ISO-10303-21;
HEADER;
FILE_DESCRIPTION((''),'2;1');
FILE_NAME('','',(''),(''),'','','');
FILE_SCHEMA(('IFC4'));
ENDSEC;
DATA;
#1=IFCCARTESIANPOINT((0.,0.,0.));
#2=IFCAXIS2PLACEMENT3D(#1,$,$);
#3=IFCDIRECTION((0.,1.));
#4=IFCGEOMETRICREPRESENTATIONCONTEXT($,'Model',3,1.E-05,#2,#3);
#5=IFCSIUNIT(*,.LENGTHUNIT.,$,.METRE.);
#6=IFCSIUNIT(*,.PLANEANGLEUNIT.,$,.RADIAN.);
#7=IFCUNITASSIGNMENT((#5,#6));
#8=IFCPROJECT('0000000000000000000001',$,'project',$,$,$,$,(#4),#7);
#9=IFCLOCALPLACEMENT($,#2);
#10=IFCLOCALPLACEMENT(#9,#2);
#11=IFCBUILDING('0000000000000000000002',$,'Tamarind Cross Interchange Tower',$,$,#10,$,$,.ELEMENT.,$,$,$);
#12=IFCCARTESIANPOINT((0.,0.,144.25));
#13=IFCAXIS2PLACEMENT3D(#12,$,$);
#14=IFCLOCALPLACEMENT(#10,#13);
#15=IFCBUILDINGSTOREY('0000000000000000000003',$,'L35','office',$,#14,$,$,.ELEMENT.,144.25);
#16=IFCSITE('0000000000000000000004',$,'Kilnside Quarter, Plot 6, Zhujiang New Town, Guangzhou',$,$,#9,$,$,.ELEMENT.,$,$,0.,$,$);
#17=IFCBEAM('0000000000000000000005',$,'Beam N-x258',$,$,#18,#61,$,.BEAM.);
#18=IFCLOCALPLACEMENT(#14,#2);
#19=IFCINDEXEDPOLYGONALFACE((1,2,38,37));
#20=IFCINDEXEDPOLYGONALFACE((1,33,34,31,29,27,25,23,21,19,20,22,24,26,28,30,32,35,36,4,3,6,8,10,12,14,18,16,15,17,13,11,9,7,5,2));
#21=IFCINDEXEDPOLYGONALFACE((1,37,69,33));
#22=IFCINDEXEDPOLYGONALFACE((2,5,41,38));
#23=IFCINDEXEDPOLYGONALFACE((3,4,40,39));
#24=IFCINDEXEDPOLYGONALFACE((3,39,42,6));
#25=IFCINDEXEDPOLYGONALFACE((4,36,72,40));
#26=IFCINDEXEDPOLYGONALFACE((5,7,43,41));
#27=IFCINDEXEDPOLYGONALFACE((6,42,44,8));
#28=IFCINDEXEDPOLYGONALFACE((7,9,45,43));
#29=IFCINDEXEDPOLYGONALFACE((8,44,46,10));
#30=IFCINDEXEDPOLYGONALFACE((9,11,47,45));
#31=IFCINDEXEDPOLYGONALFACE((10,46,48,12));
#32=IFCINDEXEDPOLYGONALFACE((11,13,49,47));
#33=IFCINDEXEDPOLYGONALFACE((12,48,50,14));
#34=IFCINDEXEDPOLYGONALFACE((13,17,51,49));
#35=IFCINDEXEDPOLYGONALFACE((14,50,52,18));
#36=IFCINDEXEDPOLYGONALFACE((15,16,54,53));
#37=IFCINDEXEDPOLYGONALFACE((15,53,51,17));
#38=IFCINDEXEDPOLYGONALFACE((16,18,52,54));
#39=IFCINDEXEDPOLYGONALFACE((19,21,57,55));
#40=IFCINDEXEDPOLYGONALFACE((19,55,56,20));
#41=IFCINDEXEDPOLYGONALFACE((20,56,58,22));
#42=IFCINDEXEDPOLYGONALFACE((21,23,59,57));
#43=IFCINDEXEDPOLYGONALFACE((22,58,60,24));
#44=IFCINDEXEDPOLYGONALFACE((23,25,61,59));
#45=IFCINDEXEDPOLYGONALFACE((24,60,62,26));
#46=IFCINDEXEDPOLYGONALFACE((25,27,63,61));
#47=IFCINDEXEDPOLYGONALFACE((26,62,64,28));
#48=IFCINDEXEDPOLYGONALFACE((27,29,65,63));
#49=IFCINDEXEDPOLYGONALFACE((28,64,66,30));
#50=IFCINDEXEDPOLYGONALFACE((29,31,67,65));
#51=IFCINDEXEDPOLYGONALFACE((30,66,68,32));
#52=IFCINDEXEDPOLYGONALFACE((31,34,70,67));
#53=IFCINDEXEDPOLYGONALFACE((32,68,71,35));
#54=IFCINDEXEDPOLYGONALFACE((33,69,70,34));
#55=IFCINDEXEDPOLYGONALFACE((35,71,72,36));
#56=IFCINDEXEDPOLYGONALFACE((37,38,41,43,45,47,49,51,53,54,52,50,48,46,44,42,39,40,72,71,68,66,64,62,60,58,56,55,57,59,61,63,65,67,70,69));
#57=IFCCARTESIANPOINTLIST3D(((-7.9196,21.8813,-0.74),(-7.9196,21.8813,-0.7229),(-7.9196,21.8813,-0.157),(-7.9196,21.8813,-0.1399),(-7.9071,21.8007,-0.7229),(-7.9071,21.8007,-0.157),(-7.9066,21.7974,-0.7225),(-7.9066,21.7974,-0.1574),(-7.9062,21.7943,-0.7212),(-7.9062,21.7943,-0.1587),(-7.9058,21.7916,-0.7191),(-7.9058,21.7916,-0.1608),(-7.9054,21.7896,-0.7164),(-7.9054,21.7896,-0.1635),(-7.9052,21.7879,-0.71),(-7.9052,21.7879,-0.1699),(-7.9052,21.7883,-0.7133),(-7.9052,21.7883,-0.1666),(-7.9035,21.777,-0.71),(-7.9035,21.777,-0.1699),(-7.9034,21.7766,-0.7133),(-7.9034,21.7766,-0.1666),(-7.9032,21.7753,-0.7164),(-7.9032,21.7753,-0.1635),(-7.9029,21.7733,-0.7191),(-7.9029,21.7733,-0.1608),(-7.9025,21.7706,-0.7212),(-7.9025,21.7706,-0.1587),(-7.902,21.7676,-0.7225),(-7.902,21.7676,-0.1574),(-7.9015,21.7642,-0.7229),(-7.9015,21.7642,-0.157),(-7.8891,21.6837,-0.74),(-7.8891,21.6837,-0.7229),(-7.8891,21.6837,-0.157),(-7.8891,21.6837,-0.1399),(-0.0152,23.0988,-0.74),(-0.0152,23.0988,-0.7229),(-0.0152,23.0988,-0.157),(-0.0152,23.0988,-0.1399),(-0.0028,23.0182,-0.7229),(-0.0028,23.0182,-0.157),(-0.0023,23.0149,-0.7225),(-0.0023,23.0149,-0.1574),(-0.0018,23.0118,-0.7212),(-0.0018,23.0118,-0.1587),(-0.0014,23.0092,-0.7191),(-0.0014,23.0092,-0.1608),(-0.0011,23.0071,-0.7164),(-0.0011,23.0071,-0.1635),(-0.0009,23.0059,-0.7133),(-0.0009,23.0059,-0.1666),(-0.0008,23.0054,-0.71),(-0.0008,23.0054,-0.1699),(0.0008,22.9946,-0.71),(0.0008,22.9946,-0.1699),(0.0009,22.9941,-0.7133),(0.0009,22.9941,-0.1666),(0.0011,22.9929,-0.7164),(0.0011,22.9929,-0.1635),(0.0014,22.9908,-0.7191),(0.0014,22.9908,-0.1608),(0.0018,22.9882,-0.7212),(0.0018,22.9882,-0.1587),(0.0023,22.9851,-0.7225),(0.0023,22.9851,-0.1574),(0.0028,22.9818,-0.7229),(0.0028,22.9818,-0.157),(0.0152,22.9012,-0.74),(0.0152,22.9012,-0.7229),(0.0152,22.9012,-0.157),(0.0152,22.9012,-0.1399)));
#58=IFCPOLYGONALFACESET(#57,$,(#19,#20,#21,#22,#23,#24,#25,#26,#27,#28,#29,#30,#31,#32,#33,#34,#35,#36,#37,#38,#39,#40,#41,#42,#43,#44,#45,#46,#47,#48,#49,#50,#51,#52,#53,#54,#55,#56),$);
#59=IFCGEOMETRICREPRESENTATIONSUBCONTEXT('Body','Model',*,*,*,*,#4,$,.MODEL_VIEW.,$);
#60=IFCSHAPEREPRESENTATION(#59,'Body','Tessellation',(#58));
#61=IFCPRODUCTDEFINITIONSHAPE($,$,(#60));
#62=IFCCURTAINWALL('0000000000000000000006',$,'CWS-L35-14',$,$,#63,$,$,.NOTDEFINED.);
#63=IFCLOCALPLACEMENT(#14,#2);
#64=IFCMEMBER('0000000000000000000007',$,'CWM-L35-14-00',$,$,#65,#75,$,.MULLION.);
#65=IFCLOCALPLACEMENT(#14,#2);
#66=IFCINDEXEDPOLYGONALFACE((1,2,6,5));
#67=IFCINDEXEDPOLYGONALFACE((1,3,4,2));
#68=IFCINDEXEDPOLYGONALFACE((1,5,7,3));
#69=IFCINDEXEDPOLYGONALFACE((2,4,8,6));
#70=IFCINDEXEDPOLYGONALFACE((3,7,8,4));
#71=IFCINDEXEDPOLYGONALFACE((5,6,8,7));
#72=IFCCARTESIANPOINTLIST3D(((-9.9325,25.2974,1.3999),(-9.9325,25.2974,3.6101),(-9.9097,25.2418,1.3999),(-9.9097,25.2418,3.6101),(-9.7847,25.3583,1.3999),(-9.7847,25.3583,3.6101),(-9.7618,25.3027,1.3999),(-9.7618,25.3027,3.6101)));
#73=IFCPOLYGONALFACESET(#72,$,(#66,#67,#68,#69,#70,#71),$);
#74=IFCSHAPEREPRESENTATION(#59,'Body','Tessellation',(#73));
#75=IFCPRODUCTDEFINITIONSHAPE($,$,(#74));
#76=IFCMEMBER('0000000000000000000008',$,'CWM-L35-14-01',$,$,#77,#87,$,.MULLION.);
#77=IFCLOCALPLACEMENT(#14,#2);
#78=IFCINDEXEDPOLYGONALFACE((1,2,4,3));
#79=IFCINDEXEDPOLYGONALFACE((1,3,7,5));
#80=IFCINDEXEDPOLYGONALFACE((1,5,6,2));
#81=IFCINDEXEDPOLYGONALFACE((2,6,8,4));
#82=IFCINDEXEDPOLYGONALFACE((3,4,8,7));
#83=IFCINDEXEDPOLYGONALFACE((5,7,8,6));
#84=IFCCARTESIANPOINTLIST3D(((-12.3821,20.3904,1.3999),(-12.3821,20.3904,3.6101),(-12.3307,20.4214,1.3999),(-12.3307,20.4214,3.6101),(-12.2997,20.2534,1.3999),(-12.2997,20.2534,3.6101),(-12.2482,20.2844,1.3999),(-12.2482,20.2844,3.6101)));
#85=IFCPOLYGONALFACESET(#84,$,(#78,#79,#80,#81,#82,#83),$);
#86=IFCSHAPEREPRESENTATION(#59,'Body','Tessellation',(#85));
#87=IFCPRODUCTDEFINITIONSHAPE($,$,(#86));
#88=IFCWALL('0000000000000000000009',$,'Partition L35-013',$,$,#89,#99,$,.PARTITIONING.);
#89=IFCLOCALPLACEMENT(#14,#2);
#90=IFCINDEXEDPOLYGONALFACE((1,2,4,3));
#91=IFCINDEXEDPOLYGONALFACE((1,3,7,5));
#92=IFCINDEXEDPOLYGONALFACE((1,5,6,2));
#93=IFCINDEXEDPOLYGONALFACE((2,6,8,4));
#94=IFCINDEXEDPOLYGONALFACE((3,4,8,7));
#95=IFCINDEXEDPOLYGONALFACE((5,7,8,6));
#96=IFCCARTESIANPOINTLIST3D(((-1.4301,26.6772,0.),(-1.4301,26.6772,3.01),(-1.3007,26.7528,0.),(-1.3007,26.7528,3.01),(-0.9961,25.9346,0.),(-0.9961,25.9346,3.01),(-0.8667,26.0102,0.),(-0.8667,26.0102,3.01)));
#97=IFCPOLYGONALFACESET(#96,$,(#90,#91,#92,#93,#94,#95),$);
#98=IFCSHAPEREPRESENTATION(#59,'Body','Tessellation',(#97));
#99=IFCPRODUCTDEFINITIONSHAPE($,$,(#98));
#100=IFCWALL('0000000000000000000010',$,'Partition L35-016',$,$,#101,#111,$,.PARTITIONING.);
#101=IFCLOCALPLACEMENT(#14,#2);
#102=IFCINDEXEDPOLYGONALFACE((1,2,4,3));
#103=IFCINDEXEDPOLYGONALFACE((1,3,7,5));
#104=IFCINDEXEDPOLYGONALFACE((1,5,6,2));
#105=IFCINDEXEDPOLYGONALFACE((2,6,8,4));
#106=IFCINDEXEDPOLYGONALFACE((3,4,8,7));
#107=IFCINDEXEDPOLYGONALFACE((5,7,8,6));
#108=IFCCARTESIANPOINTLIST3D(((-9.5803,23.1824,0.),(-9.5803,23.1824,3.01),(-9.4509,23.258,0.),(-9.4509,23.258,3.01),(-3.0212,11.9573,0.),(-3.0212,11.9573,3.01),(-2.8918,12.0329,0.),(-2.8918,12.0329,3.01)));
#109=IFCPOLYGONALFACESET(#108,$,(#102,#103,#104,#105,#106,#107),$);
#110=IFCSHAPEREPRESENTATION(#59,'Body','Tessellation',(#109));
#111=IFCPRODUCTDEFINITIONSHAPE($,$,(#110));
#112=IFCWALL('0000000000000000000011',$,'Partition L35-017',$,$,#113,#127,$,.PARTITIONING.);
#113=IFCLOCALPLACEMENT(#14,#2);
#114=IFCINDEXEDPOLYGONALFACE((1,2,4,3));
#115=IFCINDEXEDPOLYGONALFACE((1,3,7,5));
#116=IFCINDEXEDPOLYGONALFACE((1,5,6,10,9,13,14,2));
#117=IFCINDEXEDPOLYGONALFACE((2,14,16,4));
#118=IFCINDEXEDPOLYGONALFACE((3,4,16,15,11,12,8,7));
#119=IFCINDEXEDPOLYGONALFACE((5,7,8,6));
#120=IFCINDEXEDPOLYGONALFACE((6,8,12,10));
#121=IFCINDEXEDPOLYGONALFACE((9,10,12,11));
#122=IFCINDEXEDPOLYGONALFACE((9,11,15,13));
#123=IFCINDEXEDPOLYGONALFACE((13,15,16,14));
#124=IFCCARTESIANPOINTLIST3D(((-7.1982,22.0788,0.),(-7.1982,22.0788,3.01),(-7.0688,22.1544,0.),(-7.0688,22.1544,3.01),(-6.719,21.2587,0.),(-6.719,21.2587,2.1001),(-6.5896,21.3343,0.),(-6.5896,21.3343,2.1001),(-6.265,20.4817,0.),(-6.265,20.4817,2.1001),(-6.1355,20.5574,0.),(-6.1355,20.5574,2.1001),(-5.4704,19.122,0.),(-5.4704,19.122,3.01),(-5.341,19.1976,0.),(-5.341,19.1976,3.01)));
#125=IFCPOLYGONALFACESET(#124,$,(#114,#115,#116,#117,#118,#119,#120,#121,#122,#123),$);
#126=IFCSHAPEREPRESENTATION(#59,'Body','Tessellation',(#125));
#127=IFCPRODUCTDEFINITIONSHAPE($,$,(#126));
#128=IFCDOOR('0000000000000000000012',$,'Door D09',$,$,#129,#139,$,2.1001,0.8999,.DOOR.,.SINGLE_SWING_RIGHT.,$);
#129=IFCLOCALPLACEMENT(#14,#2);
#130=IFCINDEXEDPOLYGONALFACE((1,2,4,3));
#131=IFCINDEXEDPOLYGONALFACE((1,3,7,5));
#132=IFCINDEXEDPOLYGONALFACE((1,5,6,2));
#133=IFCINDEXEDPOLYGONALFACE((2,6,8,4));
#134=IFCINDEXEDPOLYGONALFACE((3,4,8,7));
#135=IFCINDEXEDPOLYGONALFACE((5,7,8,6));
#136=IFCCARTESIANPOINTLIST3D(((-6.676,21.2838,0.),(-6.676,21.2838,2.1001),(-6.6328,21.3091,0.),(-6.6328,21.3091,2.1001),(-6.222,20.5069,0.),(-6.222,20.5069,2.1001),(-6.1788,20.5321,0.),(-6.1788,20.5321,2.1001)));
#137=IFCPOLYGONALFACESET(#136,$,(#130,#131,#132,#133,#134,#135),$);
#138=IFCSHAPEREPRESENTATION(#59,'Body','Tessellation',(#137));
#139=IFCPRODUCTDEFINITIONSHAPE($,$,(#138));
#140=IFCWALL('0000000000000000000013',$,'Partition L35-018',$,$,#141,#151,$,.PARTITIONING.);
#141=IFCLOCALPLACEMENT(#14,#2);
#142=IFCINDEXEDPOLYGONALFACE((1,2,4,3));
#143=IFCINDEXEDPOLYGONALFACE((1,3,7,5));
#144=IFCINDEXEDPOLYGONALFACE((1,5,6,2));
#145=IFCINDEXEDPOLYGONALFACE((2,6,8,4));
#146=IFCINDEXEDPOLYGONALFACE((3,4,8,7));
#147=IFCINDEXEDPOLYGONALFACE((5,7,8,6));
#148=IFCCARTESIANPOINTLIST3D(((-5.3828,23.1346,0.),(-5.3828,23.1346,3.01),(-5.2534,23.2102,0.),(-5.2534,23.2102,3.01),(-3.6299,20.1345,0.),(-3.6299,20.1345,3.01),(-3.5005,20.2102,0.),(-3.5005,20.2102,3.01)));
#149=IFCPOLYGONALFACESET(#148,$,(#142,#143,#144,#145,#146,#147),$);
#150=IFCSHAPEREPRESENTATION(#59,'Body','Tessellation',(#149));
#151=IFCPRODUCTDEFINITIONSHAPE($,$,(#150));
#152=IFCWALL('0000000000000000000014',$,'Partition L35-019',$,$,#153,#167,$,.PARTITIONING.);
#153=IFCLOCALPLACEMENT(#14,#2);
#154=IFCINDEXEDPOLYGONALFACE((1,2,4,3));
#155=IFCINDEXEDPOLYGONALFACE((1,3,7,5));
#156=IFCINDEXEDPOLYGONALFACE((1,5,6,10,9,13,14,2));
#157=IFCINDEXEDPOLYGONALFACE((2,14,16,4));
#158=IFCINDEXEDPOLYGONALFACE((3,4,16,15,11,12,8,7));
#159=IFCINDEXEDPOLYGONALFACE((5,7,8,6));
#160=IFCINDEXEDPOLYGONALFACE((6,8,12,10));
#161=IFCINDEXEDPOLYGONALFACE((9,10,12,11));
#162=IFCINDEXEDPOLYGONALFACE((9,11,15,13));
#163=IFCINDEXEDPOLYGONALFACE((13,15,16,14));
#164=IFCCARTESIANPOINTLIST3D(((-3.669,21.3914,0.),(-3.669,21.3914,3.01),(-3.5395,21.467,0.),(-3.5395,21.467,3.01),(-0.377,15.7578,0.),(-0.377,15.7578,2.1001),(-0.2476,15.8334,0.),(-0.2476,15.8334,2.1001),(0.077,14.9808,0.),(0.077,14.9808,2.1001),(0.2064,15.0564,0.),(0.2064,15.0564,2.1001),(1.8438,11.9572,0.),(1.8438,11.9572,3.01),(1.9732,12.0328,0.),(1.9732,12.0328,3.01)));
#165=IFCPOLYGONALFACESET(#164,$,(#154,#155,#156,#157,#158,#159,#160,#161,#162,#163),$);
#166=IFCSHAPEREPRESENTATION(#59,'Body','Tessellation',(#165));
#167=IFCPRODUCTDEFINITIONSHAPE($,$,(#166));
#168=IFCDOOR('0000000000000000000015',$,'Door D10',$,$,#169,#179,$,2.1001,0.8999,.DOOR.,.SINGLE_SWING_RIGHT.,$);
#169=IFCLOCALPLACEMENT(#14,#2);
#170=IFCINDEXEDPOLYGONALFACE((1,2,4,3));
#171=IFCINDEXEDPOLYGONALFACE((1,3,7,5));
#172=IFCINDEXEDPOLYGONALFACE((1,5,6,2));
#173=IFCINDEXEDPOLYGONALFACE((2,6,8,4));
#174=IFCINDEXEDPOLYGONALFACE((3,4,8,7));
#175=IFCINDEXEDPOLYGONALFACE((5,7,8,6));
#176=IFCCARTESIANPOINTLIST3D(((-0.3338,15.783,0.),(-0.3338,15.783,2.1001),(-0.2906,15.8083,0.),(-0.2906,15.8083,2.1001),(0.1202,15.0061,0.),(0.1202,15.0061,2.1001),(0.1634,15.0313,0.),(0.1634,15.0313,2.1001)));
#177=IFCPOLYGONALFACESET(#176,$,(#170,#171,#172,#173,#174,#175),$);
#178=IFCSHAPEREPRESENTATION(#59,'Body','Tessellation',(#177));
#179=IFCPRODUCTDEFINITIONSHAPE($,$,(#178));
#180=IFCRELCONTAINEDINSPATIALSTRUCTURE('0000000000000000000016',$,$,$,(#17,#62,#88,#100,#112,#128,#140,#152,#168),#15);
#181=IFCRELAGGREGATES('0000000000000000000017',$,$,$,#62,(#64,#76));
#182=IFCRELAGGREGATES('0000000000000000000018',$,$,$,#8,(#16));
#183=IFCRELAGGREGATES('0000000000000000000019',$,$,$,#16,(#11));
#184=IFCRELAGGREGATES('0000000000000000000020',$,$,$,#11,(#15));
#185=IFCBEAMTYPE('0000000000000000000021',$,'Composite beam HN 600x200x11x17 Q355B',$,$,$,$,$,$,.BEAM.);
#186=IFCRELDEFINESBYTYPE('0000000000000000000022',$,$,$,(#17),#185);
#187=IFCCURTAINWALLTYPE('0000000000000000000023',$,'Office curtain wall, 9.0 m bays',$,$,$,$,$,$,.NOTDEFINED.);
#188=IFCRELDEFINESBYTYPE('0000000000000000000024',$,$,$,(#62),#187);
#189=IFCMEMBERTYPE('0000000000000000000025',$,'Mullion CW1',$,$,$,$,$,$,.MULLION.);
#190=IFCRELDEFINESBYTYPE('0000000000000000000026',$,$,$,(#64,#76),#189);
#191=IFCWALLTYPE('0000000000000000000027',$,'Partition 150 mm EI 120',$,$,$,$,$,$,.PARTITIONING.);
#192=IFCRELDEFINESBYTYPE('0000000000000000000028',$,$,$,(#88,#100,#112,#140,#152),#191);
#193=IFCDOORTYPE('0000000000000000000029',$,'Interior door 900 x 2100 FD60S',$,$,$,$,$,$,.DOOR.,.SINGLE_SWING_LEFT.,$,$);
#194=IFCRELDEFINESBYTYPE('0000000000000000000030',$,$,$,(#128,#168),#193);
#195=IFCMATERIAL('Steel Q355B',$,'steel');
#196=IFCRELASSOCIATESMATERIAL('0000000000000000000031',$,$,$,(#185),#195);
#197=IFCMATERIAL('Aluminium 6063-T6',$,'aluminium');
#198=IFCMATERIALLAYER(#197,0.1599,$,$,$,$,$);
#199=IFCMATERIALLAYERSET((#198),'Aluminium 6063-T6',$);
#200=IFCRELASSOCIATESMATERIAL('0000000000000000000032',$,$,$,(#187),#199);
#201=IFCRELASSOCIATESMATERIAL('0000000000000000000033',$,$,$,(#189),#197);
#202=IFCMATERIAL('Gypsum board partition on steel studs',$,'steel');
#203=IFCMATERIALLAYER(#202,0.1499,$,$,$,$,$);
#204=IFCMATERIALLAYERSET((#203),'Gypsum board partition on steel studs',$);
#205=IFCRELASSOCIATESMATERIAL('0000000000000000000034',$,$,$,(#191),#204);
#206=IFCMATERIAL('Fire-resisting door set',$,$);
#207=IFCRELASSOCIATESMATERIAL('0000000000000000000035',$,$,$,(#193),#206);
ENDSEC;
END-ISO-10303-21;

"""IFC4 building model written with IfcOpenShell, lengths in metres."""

from ifc_helpers import new_model, si_unit, direction, frame, frame_2d, origin, origin_2d, place, context, subcontext, project, spatial, rectangle, i_section, extrude, material, layer, layer_set, material_profile, profile_set, type_object, element, fill, aggregate, save


model = new_model("IFC4")

# Units and contexts
model_context = context("Model", 3, precision=1e-05, world=origin(), true_north=direction((0.0, 1.0)))
body_context = subcontext(model_context, "Body", "Model", "MODEL_VIEW")
ifc_project = project(units=[si_unit("LENGTHUNIT", "METRE"), si_unit("PLANEANGLEUNIT", "RADIAN")], contexts=[model_context])

# Site, building, storey
site_placement = place(None, origin())
site = spatial("IfcSite", under=ifc_project, at=site_placement, Name="Kilnside Quarter, Plot 6, Zhujiang New Town, Guangzhou", CompositionType="ELEMENT", RefElevation=0.0)
building_placement = place(site_placement, origin())
building = spatial("IfcBuilding", under=site, at=building_placement, Name="Tamarind Cross Interchange Tower", CompositionType="ELEMENT")
storey_placement = place(building_placement, frame((0.0, 0.0, 144.25)))
storey = spatial("IfcBuildingStorey", under=building, at=storey_placement, Name="L35", Description="office", CompositionType="ELEMENT", Elevation=144.25)

# Beam
ifc_material_1 = material(Name="Steel Q355B", Category="steel")
ifc_material_profile_1 = material_profile(ifc_material_1, i_section(OverallWidth=0.2, OverallDepth=0.6001, WebThickness=0.011, FlangeThickness=0.0171, FilletRadius=0.0129, at=origin_2d()), Name="HN 600x200x11x17")
ifc_profile_set_1 = profile_set([ifc_material_profile_1], Name="Steel Q355B")
beam_type_1 = type_object("IfcBeamType", Name="Composite beam HN 600x200x11x17 Q355B", PredefinedType="BEAM", material=ifc_profile_set_1)
beam_1_placement = place(storey_placement, frame((0.0, 23.0, -0.4399), z_axis=(-0.988344, -0.152238, 0.0), x_axis=(0.152238, -0.988344, 0.0)))
element("IfcBeam", 1, at=beam_1_placement, inside=storey, type_object=beam_type_1, Name="Beam N-x258", PredefinedType="BEAM", context=body_context, shape_type="SweptSolid", body=[
    extrude(i_section(OverallWidth=0.2, OverallDepth=0.6001, WebThickness=0.011, FlangeThickness=0.0171, FilletRadius=0.0129, at=origin_2d()), origin(), (0.0, 0.0, 1.0), 7.9976),
])

# Curtain wall, members
ifc_material_2 = material(Name="Aluminium 6063-T6", Category="aluminium")
ifc_layer_1 = layer(ifc_material_2, 0.1599)
ifc_layer_set_1 = layer_set([ifc_layer_1], Name="Aluminium 6063-T6")
curtain_wall_type = type_object("IfcCurtainWallType", Name="Office curtain wall, 9.0 m bays", PredefinedType="NOTDEFINED", material=ifc_layer_set_1)
curtain_wall_placement = place(storey_placement, origin())
curtain_wall = element("IfcCurtainWall", 2, at=curtain_wall_placement, inside=storey, type_object=curtain_wall_type, Name="CWS-L35-14", PredefinedType="NOTDEFINED")
ifc_material_profile_2 = material_profile(ifc_material_2, rectangle(XDim=0.0601, YDim=0.1599, at=origin_2d()), Name="Mullion CW1")
ifc_profile_set_2 = profile_set([ifc_material_profile_2], Name="Aluminium 6063-T6")
member_type = type_object("IfcMemberType", Name="Mullion CW1", PredefinedType="MULLION", material=ifc_profile_set_2)
member_1_placement = place(storey_placement, frame((-9.8472, 25.3, 1.3999), z_axis=(0.0, 0.0, 1.0), x_axis=(0.380835, -0.924643, 0.0)))
member_1 = element("IfcMember", 3, at=member_1_placement, type_object=member_type, Name="CWM-L35-14-00", PredefinedType="MULLION", context=body_context, shape_type="SweptSolid", body=[
    extrude(rectangle(XDim=0.0601, YDim=0.1599, at=origin_2d()), origin(), (0.0, 0.0, 1.0), 2.2102),
])
member_2_placement = place(storey_placement, frame((-12.3152, 20.3374, 1.3999), z_axis=(0.0, 0.0, 1.0), x_axis=(-0.856828, -0.515602, 0.0)))
member_2 = element("IfcMember", 4, at=member_2_placement, type_object=member_type, Name="CWM-L35-14-01", PredefinedType="MULLION", context=body_context, shape_type="SweptSolid", body=[
    extrude(rectangle(XDim=0.0601, YDim=0.1599, at=origin_2d()), origin(), (0.0, 0.0, 1.0), 2.2102),
])
aggregate(curtain_wall, [member_1, member_2])

# Walls
ifc_material_3 = material(Name="Gypsum board partition on steel studs", Category="steel")
ifc_layer_2 = layer(ifc_material_3, 0.1499)
ifc_layer_set_2 = layer_set([ifc_layer_2], Name="Gypsum board partition on steel studs")
wall_type_1 = type_object("IfcWallType", Name="Partition 150 mm EI 120", PredefinedType="PARTITIONING", material=ifc_layer_set_2)
wall_1_placement = place(storey_placement, frame((-1.3655, 26.7151, 0.0), z_axis=(0.0, 0.0, 1.0), x_axis=(0.504612, -0.863346, 0.0)))
element("IfcWall", 5, at=wall_1_placement, inside=storey, type_object=wall_type_1, Name="Partition L35-013", PredefinedType="PARTITIONING", context=body_context, shape_type="SweptSolid", body=[
    extrude(rectangle(XDim=0.8601, YDim=0.1499, at=frame_2d((0.4302, 0.0))), origin(), (0.0, 0.0, 1.0), 3.01),
])
wall_2_placement = place(storey_placement, frame((-9.5156, 23.2202, 0.0), z_axis=(0.0, 0.0, 1.0), x_axis=(0.504508, -0.863407, 0.0)))
element("IfcWall", 6, at=wall_2_placement, inside=storey, type_object=wall_type_1, Name="Partition L35-016", PredefinedType="PARTITIONING", context=body_context, shape_type="SweptSolid", body=[
    extrude(rectangle(XDim=13.001, YDim=0.1499, at=frame_2d((6.5005, 0.0))), origin(), (0.0, 0.0, 1.0), 3.01),
])

# Wall, opening, door
wall_3_placement = place(storey_placement, frame((-7.1335, 22.1167, 0.0), z_axis=(0.0, 0.0, 1.0), x_axis=(0.504522, -0.863399, 0.0)))
wall_3 = element("IfcWall", 7, at=wall_3_placement, inside=storey, type_object=wall_type_1, Name="Partition L35-017", PredefinedType="PARTITIONING", context=body_context, shape_type="SweptSolid", body=[
    extrude(rectangle(XDim=3.4246, YDim=0.1499, at=frame_2d((1.7124, 0.0))), origin(), (0.0, 0.0, 1.0), 3.01),
])
opening_1_placement = place(wall_3_placement, frame((0.95, 0.0, 0.0)))
opening_1 = element("IfcOpeningElement", 8, at=opening_1_placement, cuts=wall_3, PredefinedType="OPENING", context=body_context, shape_type="SweptSolid", body=[
    extrude(rectangle(XDim=0.8999, YDim=2.1001, at=frame_2d((0.45, 1.05))), frame((0.0, 0.085, 0.0), z_axis=(0.0, -1.0, 0.0), x_axis=(1.0, 0.0, 0.0)), (0.0, 0.0, 1.0), 0.1699),
])
ifc_material_4 = material(Name="Fire-resisting door set")
door_type_1 = type_object("IfcDoorType", Name="Interior door 900 x 2100 FD60S", OperationType="SINGLE_SWING_LEFT", PredefinedType="DOOR", material=ifc_material_4)
door_1_placement = place(opening_1_placement, origin())
door_1 = element("IfcDoor", 9, at=door_1_placement, inside=storey, type_object=door_type_1, Name="Door D09", OperationType="SINGLE_SWING_RIGHT", OverallHeight=2.1001, OverallWidth=0.8999, PredefinedType="DOOR", context=body_context, shape_type="SweptSolid", body=[
    extrude(rectangle(XDim=0.8999, YDim=2.1001, at=frame_2d((0.45, 1.05))), frame((0.0, 0.0249, 0.0), z_axis=(0.0, -1.0, 0.0), x_axis=(1.0, 0.0, 0.0)), (0.0, 0.0, 1.0), 0.05),
])
fill(opening_1, door_1)

# Wall
wall_4_placement = place(storey_placement, frame((-5.3181, 23.1724, 0.0), z_axis=(0.0, 0.0, 1.0), x_axis=(0.5045, -0.863412, 0.0)))
element("IfcWall", 10, at=wall_4_placement, inside=storey, type_object=wall_type_1, Name="Partition L35-018", PredefinedType="PARTITIONING", context=body_context, shape_type="SweptSolid", body=[
    extrude(rectangle(XDim=3.4746, YDim=0.1499, at=frame_2d((1.7373, 0.0))), origin(), (0.0, 0.0, 1.0), 3.01),
])

# Wall, opening, door
wall_5_placement = place(storey_placement, frame((-3.6042, 21.4292, 0.0), z_axis=(0.0, 0.0, 1.0), x_axis=(0.504518, -0.863401, 0.0)))
wall_5 = element("IfcWall", 11, at=wall_5_placement, inside=storey, type_object=wall_type_1, Name="Partition L35-019", PredefinedType="PARTITIONING", context=body_context, shape_type="SweptSolid", body=[
    extrude(rectangle(XDim=10.9268, YDim=0.1499, at=frame_2d((5.4634, 0.0))), origin(), (0.0, 0.0, 1.0), 3.01),
])
opening_2_placement = place(wall_5_placement, frame((6.5249, 0.0, 0.0)))
opening_2 = element("IfcOpeningElement", 12, at=opening_2_placement, cuts=wall_5, PredefinedType="OPENING", context=body_context, shape_type="SweptSolid", body=[
    extrude(rectangle(XDim=0.8999, YDim=2.1001, at=frame_2d((0.45, 1.05))), frame((0.0, 0.085, 0.0), z_axis=(0.0, -1.0, 0.0), x_axis=(1.0, 0.0, 0.0)), (0.0, 0.0, 1.0), 0.1699),
])
door_2_placement = place(opening_2_placement, frame((0.8999, 0.0, 0.0), z_axis=(0.0, 0.0, 1.0), x_axis=(-1.0, 0.0, 0.0)))
door_2 = element("IfcDoor", 13, at=door_2_placement, inside=storey, type_object=door_type_1, Name="Door D10", OperationType="SINGLE_SWING_RIGHT", OverallHeight=2.1001, OverallWidth=0.8999, PredefinedType="DOOR", context=body_context, shape_type="SweptSolid", body=[
    extrude(rectangle(XDim=0.8999, YDim=2.1001, at=frame_2d((0.45, 1.05))), frame((0.0, 0.0249, 0.0), z_axis=(0.0, -1.0, 0.0), x_axis=(1.0, 0.0, 0.0)), (0.0, 0.0, 1.0), 0.05),
])
fill(opening_2, door_2)

save(model, "model.ifc")
